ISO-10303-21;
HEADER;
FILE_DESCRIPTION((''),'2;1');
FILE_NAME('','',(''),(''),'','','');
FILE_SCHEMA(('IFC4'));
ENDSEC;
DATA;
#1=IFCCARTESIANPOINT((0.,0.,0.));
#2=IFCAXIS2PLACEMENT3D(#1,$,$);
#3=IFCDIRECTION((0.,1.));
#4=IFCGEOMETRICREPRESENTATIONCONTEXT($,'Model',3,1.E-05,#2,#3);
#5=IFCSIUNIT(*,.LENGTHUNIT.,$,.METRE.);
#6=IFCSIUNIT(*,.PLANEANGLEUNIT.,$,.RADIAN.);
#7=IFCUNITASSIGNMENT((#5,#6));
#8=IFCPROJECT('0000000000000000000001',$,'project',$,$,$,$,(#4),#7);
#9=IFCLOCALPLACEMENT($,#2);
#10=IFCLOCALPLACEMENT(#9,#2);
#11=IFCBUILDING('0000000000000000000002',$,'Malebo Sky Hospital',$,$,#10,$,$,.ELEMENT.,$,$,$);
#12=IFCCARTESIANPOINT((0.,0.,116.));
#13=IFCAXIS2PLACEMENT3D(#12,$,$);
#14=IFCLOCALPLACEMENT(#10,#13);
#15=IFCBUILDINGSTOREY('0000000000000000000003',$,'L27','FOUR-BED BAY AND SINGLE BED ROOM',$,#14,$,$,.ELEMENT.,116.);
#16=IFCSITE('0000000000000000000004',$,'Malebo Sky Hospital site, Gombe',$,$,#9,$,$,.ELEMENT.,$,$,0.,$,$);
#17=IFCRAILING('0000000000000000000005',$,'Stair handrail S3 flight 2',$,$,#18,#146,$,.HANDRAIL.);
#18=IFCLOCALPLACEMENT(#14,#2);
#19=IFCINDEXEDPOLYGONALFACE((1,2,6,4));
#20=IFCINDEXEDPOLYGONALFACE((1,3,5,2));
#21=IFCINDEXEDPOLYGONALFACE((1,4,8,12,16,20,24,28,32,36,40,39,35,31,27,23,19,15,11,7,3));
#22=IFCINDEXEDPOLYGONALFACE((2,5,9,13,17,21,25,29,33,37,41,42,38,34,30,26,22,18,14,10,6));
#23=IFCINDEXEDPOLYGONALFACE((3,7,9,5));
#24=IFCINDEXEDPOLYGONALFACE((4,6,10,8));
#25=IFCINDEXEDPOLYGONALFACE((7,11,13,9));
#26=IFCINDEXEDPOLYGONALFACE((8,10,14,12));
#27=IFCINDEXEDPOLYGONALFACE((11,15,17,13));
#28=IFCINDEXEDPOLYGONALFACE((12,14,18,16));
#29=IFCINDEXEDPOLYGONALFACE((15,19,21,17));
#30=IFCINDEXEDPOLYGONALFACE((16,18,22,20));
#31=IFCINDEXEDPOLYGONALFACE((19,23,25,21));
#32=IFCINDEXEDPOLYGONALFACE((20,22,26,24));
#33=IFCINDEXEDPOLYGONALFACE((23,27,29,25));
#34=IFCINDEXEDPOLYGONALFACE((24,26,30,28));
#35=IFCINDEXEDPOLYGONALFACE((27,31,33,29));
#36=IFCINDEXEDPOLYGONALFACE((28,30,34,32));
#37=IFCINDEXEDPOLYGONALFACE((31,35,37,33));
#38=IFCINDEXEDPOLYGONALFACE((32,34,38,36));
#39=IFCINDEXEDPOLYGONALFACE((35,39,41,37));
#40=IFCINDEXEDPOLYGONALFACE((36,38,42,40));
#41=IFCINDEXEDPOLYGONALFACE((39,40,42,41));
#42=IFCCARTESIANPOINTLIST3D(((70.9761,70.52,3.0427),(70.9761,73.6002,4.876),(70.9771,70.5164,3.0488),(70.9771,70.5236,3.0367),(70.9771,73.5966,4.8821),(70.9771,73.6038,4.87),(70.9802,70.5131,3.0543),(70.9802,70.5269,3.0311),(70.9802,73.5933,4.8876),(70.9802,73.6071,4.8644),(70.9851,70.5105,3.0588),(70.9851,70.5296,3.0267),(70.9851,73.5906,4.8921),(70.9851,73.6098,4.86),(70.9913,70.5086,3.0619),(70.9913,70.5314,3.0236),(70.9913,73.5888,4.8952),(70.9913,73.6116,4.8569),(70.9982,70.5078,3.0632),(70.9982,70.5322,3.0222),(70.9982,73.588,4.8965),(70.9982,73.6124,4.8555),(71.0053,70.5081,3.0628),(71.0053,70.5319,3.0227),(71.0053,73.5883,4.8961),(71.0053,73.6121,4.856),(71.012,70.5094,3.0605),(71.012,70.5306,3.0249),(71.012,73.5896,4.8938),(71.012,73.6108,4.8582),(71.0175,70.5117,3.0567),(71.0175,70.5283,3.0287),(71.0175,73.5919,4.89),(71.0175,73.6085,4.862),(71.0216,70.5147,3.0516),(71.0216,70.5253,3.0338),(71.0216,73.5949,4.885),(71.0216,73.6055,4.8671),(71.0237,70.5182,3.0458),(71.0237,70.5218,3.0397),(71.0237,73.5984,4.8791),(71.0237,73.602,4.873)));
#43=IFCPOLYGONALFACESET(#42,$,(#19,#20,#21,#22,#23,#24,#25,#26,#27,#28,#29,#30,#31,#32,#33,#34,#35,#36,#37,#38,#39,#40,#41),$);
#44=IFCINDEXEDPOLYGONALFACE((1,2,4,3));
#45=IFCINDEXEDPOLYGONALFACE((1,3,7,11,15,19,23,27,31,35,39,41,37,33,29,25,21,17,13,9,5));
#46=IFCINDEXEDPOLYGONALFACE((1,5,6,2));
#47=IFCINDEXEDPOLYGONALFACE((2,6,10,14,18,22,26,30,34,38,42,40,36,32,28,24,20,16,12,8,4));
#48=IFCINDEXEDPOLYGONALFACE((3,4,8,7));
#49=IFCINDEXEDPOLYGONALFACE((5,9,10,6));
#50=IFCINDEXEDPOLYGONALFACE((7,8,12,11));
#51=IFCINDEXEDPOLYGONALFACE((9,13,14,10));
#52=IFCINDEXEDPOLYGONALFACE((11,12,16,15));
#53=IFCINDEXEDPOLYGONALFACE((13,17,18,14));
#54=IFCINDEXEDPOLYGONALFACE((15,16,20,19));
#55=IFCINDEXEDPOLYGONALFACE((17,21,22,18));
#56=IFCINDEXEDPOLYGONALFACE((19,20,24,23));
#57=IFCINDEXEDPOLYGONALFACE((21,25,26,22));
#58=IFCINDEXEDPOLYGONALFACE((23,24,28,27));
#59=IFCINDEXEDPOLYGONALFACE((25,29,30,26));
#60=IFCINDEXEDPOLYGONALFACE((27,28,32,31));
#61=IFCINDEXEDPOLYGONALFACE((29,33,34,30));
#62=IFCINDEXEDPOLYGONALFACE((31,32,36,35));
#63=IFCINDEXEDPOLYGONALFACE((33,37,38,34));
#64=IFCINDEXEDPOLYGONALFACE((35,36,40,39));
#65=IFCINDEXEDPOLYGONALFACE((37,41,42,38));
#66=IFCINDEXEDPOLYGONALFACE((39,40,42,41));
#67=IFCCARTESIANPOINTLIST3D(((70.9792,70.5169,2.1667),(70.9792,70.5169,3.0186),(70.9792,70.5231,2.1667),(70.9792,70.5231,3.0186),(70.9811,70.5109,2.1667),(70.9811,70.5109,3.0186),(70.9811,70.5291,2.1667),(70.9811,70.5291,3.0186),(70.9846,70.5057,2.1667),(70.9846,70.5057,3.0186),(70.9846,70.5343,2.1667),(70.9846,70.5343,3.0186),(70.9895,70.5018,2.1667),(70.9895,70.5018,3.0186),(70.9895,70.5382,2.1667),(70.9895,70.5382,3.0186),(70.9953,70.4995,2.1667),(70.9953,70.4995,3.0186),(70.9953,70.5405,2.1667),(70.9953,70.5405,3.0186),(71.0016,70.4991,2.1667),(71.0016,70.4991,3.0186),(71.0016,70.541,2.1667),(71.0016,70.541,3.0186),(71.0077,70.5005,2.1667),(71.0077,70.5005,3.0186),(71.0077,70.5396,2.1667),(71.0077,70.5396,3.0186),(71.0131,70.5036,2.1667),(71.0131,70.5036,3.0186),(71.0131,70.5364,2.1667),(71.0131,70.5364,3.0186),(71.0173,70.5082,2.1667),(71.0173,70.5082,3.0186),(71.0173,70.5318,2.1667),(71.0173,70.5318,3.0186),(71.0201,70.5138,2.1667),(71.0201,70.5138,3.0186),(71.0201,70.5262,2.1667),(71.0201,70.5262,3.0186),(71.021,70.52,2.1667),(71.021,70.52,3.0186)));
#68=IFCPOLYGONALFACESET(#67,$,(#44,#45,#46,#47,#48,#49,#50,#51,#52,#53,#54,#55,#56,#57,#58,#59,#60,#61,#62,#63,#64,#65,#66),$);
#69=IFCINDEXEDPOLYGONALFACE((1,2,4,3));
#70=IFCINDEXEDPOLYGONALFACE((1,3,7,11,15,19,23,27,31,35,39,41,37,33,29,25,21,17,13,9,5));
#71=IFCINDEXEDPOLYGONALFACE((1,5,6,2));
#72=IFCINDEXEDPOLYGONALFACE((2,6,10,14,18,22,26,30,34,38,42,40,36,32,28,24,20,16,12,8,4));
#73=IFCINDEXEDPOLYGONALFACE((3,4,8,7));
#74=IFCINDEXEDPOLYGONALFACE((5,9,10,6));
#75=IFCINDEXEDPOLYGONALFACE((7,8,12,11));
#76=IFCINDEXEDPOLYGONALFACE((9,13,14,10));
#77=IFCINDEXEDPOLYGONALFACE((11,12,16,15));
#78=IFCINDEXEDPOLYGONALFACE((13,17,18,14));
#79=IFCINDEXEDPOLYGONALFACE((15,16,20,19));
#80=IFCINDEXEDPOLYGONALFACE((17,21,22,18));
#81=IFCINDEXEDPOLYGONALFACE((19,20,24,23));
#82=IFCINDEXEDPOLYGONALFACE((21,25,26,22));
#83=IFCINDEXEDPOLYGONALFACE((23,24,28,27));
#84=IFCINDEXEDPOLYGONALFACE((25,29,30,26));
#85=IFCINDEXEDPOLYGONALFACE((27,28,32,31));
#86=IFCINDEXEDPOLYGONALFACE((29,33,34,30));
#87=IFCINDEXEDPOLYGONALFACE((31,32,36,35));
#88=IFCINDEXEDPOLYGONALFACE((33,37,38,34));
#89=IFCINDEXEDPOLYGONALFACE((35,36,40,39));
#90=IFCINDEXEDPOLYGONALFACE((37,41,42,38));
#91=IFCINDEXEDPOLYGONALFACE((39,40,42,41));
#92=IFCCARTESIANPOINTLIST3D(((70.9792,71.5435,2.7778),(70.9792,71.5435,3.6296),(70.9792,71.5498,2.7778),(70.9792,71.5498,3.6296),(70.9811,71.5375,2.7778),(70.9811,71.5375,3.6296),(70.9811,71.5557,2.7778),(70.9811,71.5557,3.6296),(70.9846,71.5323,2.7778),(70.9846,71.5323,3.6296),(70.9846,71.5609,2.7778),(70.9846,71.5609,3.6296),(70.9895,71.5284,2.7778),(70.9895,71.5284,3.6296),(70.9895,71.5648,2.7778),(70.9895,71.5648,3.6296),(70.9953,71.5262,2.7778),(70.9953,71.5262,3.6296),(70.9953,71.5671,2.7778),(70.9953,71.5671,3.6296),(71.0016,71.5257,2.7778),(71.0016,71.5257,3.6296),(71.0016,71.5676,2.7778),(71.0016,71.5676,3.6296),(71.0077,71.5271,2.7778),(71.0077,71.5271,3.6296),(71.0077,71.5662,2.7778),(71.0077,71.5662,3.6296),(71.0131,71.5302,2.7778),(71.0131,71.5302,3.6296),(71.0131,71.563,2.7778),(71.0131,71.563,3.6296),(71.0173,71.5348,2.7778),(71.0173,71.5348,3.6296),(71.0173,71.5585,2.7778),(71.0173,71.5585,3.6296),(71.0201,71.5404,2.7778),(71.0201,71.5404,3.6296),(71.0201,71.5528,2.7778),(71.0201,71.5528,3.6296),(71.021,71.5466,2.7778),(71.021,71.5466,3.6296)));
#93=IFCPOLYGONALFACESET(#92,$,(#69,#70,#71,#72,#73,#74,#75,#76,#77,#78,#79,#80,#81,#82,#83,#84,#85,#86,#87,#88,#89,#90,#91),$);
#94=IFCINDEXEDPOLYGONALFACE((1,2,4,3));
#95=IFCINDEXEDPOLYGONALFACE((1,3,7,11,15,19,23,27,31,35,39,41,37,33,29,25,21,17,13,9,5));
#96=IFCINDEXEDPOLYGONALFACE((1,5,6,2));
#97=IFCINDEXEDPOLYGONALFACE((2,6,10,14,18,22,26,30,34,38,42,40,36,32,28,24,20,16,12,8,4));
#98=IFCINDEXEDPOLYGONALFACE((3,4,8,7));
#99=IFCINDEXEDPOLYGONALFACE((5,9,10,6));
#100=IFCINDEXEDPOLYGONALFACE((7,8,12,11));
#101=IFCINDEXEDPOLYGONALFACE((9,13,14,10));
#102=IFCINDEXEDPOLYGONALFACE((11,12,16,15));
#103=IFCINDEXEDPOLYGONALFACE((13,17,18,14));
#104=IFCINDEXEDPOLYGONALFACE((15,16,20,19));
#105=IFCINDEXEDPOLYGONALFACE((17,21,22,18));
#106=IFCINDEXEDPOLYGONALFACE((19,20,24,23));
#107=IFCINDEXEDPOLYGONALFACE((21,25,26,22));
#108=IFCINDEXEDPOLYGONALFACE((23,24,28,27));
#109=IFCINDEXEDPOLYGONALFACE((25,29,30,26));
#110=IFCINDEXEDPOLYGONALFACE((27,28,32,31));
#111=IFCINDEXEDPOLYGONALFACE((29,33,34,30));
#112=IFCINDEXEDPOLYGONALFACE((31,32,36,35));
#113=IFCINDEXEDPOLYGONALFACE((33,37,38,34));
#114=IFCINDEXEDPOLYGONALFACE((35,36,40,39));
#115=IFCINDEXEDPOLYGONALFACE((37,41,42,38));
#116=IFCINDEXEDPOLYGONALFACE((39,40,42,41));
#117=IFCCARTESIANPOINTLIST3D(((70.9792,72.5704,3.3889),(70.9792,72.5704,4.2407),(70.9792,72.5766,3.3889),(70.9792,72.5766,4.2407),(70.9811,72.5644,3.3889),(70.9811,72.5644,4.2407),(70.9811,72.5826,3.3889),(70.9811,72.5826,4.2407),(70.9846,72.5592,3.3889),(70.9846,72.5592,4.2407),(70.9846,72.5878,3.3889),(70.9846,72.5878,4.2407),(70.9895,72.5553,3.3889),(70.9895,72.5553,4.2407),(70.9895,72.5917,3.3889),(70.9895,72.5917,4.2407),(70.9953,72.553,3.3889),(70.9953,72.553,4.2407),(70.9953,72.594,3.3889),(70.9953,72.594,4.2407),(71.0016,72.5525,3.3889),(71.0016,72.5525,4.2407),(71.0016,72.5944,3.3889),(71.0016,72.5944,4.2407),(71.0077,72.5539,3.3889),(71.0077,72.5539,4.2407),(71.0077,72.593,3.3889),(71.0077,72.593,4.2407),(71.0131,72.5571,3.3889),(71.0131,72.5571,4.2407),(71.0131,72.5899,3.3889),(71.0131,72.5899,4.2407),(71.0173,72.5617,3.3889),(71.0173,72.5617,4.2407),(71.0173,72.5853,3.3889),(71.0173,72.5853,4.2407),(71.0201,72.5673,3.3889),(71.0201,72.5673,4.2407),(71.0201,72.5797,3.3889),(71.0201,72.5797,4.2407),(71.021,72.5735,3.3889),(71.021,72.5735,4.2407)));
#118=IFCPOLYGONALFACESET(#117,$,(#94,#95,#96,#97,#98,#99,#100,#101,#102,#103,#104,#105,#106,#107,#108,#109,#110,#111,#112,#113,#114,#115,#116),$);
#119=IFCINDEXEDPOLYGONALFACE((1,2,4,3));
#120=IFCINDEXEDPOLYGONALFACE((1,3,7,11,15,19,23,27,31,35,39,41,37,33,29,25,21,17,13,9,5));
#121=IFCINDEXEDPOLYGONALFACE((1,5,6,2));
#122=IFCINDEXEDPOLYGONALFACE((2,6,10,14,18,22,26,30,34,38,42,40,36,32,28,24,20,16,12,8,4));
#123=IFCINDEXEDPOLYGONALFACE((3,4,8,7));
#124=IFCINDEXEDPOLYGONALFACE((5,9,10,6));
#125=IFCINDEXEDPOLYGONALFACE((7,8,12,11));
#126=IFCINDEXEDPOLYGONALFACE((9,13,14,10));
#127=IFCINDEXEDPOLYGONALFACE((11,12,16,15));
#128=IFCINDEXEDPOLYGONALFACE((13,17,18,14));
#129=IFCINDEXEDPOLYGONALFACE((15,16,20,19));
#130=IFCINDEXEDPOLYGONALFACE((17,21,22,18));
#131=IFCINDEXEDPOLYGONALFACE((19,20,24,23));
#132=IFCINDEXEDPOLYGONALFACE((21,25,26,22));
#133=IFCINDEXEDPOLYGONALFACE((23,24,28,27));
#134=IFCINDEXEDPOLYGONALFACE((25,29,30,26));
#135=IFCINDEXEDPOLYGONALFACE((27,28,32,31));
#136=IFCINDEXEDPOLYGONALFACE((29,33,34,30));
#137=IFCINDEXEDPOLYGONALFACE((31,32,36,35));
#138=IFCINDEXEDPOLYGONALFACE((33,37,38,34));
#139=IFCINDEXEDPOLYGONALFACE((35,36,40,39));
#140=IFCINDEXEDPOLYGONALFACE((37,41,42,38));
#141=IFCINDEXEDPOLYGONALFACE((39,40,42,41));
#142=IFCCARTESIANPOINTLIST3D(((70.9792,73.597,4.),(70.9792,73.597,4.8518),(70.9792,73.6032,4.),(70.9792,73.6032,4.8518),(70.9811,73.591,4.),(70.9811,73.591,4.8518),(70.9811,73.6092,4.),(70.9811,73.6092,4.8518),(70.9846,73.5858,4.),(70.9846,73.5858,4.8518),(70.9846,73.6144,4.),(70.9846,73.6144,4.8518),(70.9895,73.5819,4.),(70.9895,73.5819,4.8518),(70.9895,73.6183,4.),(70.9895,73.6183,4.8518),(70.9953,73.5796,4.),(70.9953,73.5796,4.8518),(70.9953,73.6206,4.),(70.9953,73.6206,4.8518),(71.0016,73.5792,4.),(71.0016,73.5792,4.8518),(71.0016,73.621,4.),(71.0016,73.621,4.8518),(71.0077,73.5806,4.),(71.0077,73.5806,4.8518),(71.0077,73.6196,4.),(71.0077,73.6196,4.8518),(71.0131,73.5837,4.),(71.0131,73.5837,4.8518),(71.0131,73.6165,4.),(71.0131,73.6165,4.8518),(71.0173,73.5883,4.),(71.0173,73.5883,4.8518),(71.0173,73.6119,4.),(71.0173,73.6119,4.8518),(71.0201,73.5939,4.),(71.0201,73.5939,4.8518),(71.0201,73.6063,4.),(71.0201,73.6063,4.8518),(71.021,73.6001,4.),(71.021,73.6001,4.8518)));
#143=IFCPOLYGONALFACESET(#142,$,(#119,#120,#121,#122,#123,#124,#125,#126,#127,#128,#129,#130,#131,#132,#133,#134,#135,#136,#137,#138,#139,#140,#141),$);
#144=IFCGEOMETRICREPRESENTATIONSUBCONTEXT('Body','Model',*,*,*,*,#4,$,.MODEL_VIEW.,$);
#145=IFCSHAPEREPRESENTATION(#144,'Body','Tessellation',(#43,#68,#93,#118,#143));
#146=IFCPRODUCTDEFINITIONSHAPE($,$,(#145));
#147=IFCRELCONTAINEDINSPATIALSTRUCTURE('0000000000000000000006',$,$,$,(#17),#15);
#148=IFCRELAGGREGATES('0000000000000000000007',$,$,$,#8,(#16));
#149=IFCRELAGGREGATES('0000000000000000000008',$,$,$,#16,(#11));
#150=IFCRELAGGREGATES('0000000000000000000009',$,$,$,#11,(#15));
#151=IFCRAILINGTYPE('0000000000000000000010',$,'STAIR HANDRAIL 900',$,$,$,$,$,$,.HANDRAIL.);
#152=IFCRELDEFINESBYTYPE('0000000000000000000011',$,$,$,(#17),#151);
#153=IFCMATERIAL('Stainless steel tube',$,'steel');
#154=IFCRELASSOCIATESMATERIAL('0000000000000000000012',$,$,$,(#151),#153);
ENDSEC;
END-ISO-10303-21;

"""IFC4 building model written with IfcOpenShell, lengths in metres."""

from ifc_helpers import new_model, si_unit, direction, frame, origin, origin_2d, place, context, subcontext, project, spatial, circle, extrude, material, type_object, element, save


model = new_model("IFC4")

# Units and contexts
model_context = context("Model", 3, precision=1e-05, world=origin(), true_north=direction((0.0, 1.0)))
body_context = subcontext(model_context, "Body", "Model", "MODEL_VIEW")
ifc_project = project(units=[si_unit("LENGTHUNIT", "METRE"), si_unit("PLANEANGLEUNIT", "RADIAN")], contexts=[model_context])

# Site, building, storey
site_placement = place(None, origin())
site = spatial("IfcSite", under=ifc_project, at=site_placement, Name="Malebo Sky Hospital site, Gombe", CompositionType="ELEMENT", RefElevation=0.0)
building_placement = place(site_placement, origin())
building = spatial("IfcBuilding", under=site, at=building_placement, Name="Malebo Sky Hospital", CompositionType="ELEMENT")
storey_placement = place(building_placement, frame((0.0, 0.0, 116.0)))
storey = spatial("IfcBuildingStorey", under=building, at=storey_placement, Name="L27", Description="FOUR-BED BAY AND SINGLE BED ROOM", CompositionType="ELEMENT", Elevation=116.0)

# Railing
ifc_material_1 = material(Name="Stainless steel tube", Category="steel")
railing_type = type_object("IfcRailingType", Name="STAIR HANDRAIL 900", PredefinedType="HANDRAIL", material=ifc_material_1)
railing_1_placement = place(storey_placement, frame((71.0, 70.52, 2.1667)))
element("IfcRailing", 1, at=railing_1_placement, inside=storey, type_object=railing_type, Name="Stair handrail S3 flight 2", PredefinedType="HANDRAIL", context=body_context, shape_type="SweptSolid", body=[
    extrude(circle(Radius=0.0239, at=origin_2d()), frame((0.0, 0.0, 0.876), z_axis=(0.0, 0.859309, 0.511458), x_axis=(-1.0, 0.0, 0.0)), (0.0, 0.0, 1.0), 3.5845),
    extrude(circle(Radius=0.021, at=origin_2d()), origin(), (0.0, 0.0, 1.0), 0.8518),
    extrude(circle(Radius=0.021, at=origin_2d()), frame((0.0, 1.0266, 0.6111)), (0.0, 0.0, 1.0), 0.8518),
    extrude(circle(Radius=0.021, at=origin_2d()), frame((0.0, 2.0535, 1.2222)), (0.0, 0.0, 1.0), 0.8518),
    extrude(circle(Radius=0.021, at=origin_2d()), frame((0.0, 3.0801, 1.8333)), (0.0, 0.0, 1.0), 0.8518),
])

save(model, "model.ifc")
